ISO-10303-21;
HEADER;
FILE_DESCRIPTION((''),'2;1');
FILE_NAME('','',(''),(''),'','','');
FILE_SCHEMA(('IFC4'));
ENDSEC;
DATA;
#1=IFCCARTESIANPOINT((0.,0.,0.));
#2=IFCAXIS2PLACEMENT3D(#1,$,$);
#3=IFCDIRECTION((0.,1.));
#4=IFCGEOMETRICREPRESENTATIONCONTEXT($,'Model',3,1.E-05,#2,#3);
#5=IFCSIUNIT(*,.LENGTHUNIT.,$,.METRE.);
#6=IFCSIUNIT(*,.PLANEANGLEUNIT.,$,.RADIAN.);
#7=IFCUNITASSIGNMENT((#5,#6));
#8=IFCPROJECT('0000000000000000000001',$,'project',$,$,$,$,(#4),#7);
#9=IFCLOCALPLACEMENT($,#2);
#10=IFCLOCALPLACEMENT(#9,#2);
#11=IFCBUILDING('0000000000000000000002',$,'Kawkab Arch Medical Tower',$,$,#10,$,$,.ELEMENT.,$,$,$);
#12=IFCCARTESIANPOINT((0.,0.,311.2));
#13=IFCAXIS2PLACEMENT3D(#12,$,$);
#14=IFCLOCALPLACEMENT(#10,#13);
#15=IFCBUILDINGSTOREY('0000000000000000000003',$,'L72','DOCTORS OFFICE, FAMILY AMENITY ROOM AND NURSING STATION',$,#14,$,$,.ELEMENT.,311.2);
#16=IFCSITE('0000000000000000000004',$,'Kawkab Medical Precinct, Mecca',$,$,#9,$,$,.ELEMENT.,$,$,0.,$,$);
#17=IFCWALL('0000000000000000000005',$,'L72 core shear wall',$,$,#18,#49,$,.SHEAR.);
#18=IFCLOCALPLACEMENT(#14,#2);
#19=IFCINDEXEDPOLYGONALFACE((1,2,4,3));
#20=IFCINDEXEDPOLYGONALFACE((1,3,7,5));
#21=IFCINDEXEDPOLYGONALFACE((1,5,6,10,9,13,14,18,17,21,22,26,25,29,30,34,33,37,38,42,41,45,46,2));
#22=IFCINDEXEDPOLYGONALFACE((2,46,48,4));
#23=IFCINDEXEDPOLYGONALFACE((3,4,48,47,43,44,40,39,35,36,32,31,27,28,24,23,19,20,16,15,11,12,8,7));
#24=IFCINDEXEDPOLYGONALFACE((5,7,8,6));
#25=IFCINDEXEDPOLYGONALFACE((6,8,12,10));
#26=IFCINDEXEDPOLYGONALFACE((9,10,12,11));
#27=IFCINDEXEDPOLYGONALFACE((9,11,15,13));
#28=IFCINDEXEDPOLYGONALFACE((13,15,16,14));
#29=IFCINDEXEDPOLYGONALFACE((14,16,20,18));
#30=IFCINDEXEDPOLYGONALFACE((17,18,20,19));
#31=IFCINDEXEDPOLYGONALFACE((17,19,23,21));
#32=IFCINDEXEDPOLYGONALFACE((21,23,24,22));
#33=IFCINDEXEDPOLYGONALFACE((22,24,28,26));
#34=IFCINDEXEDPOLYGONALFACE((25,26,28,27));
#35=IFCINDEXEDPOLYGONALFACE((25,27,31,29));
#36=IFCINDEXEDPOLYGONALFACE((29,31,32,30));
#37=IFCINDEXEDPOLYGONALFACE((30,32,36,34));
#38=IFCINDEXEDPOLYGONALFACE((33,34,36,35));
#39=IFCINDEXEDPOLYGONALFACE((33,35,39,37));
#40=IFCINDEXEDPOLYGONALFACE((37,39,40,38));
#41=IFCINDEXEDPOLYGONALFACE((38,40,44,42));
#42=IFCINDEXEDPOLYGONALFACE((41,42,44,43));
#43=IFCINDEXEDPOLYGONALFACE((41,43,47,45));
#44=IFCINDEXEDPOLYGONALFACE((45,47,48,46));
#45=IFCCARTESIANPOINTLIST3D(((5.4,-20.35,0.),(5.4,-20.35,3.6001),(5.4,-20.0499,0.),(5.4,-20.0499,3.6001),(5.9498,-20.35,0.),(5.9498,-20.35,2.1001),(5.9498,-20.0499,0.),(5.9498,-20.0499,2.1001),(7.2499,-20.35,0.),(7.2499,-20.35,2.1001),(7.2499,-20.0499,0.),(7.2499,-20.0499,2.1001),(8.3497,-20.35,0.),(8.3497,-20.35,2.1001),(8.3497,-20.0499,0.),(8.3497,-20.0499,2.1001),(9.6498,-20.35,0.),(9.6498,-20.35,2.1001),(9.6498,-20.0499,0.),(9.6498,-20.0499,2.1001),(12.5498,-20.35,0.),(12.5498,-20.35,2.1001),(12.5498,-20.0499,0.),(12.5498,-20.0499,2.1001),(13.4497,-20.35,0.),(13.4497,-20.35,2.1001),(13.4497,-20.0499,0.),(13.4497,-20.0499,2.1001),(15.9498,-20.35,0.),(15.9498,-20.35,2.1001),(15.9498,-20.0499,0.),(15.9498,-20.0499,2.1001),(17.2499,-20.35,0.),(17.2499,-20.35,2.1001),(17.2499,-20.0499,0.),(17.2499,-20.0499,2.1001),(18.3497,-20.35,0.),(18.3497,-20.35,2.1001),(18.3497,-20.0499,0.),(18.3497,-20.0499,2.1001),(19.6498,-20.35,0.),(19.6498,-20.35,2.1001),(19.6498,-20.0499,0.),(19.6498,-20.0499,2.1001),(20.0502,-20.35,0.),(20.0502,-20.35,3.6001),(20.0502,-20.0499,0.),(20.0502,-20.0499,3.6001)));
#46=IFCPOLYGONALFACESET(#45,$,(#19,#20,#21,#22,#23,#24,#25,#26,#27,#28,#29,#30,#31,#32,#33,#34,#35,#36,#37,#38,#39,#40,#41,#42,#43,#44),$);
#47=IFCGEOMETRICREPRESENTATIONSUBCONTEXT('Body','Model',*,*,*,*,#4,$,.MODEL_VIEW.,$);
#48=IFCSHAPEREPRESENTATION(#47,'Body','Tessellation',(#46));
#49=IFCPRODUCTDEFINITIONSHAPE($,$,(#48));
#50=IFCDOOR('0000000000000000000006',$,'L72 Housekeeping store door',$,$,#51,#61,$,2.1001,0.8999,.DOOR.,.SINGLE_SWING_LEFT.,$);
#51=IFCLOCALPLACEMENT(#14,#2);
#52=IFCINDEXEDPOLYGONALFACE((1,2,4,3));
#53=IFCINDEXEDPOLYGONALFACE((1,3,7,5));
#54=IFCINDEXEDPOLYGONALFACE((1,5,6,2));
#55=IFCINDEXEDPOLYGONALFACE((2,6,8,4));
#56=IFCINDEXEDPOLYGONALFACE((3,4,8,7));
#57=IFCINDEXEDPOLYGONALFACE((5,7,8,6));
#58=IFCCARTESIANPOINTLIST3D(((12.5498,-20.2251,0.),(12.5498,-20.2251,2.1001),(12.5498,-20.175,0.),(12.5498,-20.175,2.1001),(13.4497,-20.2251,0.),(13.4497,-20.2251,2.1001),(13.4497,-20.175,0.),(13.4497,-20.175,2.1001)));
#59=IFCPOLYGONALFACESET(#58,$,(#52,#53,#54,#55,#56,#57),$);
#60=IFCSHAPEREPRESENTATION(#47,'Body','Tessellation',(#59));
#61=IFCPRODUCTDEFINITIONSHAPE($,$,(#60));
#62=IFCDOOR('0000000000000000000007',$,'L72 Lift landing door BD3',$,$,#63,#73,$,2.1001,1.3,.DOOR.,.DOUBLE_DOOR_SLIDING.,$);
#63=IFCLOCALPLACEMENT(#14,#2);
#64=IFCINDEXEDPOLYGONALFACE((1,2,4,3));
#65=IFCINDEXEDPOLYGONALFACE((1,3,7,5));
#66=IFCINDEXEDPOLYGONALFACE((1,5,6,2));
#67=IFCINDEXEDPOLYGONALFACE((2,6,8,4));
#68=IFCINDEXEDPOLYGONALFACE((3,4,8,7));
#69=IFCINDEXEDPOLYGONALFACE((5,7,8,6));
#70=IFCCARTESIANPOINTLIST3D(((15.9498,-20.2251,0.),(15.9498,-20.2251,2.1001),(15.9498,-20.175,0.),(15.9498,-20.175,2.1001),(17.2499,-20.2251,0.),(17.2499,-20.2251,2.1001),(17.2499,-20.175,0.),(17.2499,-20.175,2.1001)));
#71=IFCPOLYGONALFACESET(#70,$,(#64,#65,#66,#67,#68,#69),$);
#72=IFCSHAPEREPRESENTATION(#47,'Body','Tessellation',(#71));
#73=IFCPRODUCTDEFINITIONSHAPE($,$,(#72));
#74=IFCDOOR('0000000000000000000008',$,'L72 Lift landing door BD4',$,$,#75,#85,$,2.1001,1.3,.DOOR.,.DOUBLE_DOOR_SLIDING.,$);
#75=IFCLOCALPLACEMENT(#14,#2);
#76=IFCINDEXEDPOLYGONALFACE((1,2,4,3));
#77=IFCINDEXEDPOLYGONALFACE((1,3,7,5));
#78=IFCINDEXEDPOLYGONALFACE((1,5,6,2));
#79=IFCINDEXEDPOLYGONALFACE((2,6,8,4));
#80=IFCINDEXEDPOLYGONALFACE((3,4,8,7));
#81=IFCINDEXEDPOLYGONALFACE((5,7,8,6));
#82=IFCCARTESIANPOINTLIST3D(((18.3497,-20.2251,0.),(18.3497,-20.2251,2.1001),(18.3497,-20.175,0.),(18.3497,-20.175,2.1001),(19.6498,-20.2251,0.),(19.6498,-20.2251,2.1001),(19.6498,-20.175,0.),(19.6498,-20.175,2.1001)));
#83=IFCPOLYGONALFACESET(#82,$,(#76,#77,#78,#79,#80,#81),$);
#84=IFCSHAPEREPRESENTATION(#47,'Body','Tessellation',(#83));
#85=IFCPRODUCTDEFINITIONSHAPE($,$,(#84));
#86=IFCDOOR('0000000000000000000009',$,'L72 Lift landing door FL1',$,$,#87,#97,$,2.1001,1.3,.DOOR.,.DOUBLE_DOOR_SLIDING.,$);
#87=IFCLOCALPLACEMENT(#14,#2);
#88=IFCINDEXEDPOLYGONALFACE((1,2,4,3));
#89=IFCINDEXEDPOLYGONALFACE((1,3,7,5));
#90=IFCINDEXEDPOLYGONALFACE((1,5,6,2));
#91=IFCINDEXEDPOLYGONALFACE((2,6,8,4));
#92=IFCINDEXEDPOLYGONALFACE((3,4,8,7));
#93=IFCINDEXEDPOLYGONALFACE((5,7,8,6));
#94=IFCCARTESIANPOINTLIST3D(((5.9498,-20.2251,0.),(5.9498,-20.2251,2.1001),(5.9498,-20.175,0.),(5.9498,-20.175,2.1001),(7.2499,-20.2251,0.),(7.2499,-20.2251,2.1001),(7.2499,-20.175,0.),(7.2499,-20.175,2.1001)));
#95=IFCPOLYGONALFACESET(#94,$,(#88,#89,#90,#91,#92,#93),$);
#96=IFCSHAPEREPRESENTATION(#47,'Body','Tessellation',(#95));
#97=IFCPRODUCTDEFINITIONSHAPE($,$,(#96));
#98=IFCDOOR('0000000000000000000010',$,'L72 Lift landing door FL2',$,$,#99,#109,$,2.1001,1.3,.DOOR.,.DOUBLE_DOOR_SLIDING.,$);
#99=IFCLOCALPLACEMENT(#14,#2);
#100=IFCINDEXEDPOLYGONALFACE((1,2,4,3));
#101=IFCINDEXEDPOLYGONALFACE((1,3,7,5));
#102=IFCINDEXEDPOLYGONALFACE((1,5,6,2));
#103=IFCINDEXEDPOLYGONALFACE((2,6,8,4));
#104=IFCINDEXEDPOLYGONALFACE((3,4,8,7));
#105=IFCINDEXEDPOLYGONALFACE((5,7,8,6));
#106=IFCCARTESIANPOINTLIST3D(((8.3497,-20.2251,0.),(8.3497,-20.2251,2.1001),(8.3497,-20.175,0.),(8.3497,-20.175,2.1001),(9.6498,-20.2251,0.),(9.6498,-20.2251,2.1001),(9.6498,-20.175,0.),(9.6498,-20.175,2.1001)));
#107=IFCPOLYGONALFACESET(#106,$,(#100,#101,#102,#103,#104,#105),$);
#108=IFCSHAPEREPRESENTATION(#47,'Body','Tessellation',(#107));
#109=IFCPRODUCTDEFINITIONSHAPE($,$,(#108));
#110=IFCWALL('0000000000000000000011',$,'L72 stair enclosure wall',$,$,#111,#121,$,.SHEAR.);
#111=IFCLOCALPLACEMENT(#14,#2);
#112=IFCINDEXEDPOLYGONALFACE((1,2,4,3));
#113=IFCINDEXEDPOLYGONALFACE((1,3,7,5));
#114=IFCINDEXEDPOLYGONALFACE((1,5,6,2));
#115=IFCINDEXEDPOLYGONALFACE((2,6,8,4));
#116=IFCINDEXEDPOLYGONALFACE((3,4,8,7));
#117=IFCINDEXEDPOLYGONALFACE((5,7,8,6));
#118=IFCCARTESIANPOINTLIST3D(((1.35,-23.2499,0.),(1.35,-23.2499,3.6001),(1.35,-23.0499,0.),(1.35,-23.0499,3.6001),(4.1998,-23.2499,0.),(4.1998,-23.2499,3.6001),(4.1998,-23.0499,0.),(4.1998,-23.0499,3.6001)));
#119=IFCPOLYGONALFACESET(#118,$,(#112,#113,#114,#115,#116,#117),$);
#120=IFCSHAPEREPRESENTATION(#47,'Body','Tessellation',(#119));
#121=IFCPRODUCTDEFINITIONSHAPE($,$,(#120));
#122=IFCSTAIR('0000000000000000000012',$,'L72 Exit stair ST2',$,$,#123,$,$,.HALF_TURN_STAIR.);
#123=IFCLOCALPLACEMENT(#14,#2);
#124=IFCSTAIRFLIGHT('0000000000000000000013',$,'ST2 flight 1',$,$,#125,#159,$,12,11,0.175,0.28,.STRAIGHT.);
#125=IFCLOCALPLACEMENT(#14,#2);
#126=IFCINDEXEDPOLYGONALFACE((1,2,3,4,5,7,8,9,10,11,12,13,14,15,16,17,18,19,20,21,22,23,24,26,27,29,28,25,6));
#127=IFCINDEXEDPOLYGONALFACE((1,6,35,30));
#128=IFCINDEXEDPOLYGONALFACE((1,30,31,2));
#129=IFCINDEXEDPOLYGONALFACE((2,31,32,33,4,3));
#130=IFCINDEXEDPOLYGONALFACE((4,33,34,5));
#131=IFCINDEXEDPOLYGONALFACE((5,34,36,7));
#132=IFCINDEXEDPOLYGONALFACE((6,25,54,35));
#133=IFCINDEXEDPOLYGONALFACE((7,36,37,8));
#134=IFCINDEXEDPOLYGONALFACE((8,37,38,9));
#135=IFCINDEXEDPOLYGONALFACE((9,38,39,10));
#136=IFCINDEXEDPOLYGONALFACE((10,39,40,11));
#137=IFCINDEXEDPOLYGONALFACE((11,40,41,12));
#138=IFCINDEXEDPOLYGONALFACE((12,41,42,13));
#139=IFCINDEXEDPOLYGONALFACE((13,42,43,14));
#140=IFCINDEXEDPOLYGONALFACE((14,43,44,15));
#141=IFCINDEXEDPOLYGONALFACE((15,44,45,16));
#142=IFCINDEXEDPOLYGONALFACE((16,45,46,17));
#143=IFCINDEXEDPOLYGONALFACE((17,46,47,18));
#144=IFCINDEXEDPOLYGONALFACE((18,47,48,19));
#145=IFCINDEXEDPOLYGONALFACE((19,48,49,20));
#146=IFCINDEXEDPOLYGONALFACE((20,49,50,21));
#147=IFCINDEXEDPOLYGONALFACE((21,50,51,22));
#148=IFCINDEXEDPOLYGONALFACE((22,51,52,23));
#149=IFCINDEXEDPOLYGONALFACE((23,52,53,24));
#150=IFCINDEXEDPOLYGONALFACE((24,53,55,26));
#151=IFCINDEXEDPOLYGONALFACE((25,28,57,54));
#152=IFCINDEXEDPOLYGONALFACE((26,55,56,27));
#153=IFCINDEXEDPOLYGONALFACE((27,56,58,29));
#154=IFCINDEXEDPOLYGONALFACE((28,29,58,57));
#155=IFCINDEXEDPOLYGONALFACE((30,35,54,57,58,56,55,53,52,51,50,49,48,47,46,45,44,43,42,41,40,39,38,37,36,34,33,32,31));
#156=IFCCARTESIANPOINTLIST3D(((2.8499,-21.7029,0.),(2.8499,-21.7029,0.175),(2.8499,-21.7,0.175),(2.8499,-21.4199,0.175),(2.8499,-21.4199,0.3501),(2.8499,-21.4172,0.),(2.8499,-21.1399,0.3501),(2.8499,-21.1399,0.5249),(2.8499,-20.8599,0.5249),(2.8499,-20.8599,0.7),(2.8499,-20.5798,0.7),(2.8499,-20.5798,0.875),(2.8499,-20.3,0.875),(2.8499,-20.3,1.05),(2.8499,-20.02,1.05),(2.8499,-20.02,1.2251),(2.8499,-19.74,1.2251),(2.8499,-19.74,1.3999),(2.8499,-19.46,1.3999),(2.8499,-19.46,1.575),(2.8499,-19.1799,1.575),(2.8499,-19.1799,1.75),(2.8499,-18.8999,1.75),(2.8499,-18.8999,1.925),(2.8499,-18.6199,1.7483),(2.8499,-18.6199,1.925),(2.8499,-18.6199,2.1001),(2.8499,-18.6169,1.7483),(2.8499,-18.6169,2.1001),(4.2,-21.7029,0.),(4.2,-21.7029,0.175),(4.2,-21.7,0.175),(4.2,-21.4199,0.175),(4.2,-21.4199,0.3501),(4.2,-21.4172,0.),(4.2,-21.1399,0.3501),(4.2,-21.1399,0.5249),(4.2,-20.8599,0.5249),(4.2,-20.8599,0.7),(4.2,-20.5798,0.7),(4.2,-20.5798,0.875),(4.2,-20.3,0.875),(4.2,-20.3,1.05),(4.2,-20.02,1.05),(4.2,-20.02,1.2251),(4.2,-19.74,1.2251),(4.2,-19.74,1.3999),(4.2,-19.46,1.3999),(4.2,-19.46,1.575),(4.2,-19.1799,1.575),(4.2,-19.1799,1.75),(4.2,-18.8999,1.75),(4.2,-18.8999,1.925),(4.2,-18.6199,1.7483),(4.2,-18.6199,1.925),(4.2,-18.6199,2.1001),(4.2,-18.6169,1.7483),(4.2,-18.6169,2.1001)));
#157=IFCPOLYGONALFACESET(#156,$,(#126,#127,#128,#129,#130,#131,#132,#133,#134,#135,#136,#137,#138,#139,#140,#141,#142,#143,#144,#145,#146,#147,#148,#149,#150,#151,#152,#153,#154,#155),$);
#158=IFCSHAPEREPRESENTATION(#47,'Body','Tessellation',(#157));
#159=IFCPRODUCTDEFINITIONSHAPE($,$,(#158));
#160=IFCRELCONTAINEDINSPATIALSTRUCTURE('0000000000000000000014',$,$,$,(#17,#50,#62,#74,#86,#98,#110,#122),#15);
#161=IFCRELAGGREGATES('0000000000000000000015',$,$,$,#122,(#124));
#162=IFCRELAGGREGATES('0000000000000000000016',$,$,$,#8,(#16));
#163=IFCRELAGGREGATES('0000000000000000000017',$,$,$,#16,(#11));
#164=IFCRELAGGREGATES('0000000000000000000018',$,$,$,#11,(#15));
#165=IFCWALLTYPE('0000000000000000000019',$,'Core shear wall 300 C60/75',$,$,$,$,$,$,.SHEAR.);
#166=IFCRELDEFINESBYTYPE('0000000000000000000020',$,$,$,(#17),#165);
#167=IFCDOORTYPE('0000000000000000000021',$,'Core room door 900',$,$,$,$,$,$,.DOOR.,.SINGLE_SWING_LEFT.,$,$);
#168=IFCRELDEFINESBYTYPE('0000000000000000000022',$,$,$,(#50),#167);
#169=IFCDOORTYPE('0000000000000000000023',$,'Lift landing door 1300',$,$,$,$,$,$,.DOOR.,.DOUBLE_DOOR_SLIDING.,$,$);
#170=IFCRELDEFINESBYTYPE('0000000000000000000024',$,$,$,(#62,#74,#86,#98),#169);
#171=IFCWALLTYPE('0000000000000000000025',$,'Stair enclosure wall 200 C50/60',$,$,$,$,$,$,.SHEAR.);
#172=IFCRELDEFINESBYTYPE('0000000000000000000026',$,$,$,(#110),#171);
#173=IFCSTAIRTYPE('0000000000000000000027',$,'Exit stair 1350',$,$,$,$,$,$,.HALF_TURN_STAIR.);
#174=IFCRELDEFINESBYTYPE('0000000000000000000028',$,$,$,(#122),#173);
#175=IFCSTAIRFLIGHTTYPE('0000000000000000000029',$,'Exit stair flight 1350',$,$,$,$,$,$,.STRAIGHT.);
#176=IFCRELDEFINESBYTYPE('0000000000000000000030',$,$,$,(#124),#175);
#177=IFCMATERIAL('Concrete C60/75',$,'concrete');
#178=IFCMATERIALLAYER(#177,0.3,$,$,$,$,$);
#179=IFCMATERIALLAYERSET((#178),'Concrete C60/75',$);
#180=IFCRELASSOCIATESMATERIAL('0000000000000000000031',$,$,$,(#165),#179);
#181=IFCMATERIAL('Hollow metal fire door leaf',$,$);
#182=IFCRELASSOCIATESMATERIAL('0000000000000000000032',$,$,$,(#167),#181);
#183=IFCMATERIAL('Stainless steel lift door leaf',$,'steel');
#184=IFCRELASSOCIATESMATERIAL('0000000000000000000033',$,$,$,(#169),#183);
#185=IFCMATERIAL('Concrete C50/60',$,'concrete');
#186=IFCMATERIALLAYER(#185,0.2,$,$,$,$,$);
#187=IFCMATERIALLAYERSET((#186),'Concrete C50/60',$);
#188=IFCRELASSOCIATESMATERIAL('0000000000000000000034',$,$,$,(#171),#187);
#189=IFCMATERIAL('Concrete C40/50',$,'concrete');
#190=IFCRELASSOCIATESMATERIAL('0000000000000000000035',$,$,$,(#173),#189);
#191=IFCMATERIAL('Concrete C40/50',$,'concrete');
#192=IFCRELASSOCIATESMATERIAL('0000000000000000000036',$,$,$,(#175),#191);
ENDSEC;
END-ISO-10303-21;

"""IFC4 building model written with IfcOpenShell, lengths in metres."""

from ifc_helpers import new_model, si_unit, direction, frame, frame_2d, origin, place, context, subcontext, project, spatial, polyline, rectangle, outline, extrude, material, layer, layer_set, type_object, element, fill, aggregate, save


model = new_model("IFC4")

# Units and contexts
model_context = context("Model", 3, precision=1e-05, world=origin(), true_north=direction((0.0, 1.0)))
body_context = subcontext(model_context, "Body", "Model", "MODEL_VIEW")
ifc_project = project(units=[si_unit("LENGTHUNIT", "METRE"), si_unit("PLANEANGLEUNIT", "RADIAN")], contexts=[model_context])

# Site, building, storey
site_placement = place(None, origin())
site = spatial("IfcSite", under=ifc_project, at=site_placement, Name="Kawkab Medical Precinct, Mecca", CompositionType="ELEMENT", RefElevation=0.0)
building_placement = place(site_placement, origin())
building = spatial("IfcBuilding", under=site, at=building_placement, Name="Kawkab Arch Medical Tower", CompositionType="ELEMENT")
storey_placement = place(building_placement, frame((0.0, 0.0, 311.2)))
storey = spatial("IfcBuildingStorey", under=building, at=storey_placement, Name="L72", Description="DOCTORS OFFICE, FAMILY AMENITY ROOM AND NURSING STATION", CompositionType="ELEMENT", Elevation=311.2)

# Wall, openings, doors
ifc_material_1 = material(Name="Concrete C60/75", Category="concrete")
ifc_layer_1 = layer(ifc_material_1, 0.3)
ifc_layer_set_1 = layer_set([ifc_layer_1], Name="Concrete C60/75")
wall_type_1 = type_object("IfcWallType", Name="Core shear wall 300 C60/75", PredefinedType="SHEAR", material=ifc_layer_set_1)
wall_1_placement = place(storey_placement, frame((5.3999, -20.2, 0.0), z_axis=(0.0, 0.0, 1.0), x_axis=(1.0, 0.0, 0.0)))
wall_1 = element("IfcWall", 1, at=wall_1_placement, inside=storey, type_object=wall_type_1, Name="L72 core shear wall", PredefinedType="SHEAR", context=body_context, shape_type="SweptSolid", body=[
    extrude(rectangle(XDim=14.6501, YDim=0.3, at=frame_2d((7.3252, 0.0))), origin(), (0.0, 0.0, 1.0), 3.6001),
])
opening_1_placement = place(wall_1_placement, frame((10.55, 0.0, 0.0)))
opening_1 = element("IfcOpeningElement", 2, at=opening_1_placement, cuts=wall_1, PredefinedType="OPENING", context=body_context, shape_type="SweptSolid", body=[
    extrude(rectangle(XDim=1.3, YDim=2.1001, at=frame_2d((0.6499, 1.05))), frame((0.0, 0.1599, 0.0), z_axis=(0.0, -1.0, 0.0), x_axis=(1.0, 0.0, 0.0)), (0.0, 0.0, 1.0), 0.3201),
])
opening_2_placement = place(wall_1_placement, frame((12.95, 0.0, 0.0)))
opening_2 = element("IfcOpeningElement", 3, at=opening_2_placement, cuts=wall_1, PredefinedType="OPENING", context=body_context, shape_type="SweptSolid", body=[
    extrude(rectangle(XDim=1.3, YDim=2.1001, at=frame_2d((0.6499, 1.05))), frame((0.0, 0.1599, 0.0), z_axis=(0.0, -1.0, 0.0), x_axis=(1.0, 0.0, 0.0)), (0.0, 0.0, 1.0), 0.3201),
])
opening_3_placement = place(wall_1_placement, frame((0.55, 0.0, 0.0)))
opening_3 = element("IfcOpeningElement", 4, at=opening_3_placement, cuts=wall_1, PredefinedType="OPENING", context=body_context, shape_type="SweptSolid", body=[
    extrude(rectangle(XDim=1.3, YDim=2.1001, at=frame_2d((0.6499, 1.05))), frame((0.0, 0.1599, 0.0), z_axis=(0.0, -1.0, 0.0), x_axis=(1.0, 0.0, 0.0)), (0.0, 0.0, 1.0), 0.3201),
])
opening_4_placement = place(wall_1_placement, frame((2.95, 0.0, 0.0)))
opening_4 = element("IfcOpeningElement", 5, at=opening_4_placement, cuts=wall_1, PredefinedType="OPENING", context=body_context, shape_type="SweptSolid", body=[
    extrude(rectangle(XDim=1.3, YDim=2.1001, at=frame_2d((0.6499, 1.05))), frame((0.0, 0.1599, 0.0), z_axis=(0.0, -1.0, 0.0), x_axis=(1.0, 0.0, 0.0)), (0.0, 0.0, 1.0), 0.3201),
])
opening_5_placement = place(wall_1_placement, frame((7.1499, 0.0, 0.0)))
opening_5 = element("IfcOpeningElement", 6, at=opening_5_placement, cuts=wall_1, PredefinedType="OPENING", context=body_context, shape_type="SweptSolid", body=[
    extrude(rectangle(XDim=0.8999, YDim=2.1001, at=frame_2d((0.45, 1.05))), frame((0.0, 0.1599, 0.0), z_axis=(0.0, -1.0, 0.0), x_axis=(1.0, 0.0, 0.0)), (0.0, 0.0, 1.0), 0.3201),
])
ifc_material_2 = material(Name="Hollow metal fire door leaf")
door_type_1 = type_object("IfcDoorType", Name="Core room door 900", OperationType="SINGLE_SWING_LEFT", PredefinedType="DOOR", material=ifc_material_2)
door_1_placement = place(opening_5_placement, origin())
door_1 = element("IfcDoor", 7, at=door_1_placement, inside=storey, type_object=door_type_1, Name="L72 Housekeeping store door", OperationType="SINGLE_SWING_LEFT", OverallHeight=2.1001, OverallWidth=0.8999, PredefinedType="DOOR", context=body_context, shape_type="SweptSolid", body=[
    extrude(rectangle(XDim=0.8999, YDim=2.1001, at=frame_2d((0.45, 1.05))), frame((0.0, 0.0249, 0.0), z_axis=(0.0, -1.0, 0.0), x_axis=(1.0, 0.0, 0.0)), (0.0, 0.0, 1.0), 0.05),
])
fill(opening_5, door_1)
ifc_material_3 = material(Name="Stainless steel lift door leaf", Category="steel")
door_type_2 = type_object("IfcDoorType", Name="Lift landing door 1300", OperationType="DOUBLE_DOOR_SLIDING", PredefinedType="DOOR", material=ifc_material_3)
door_2_placement = place(opening_1_placement, origin())
door_2 = element("IfcDoor", 8, at=door_2_placement, inside=storey, type_object=door_type_2, Name="L72 Lift landing door BD3", OperationType="DOUBLE_DOOR_SLIDING", OverallHeight=2.1001, OverallWidth=1.3, PredefinedType="DOOR", context=body_context, shape_type="SweptSolid", body=[
    extrude(rectangle(XDim=1.3, YDim=2.1001, at=frame_2d((0.6499, 1.05))), frame((0.0, 0.0249, 0.0), z_axis=(0.0, -1.0, 0.0), x_axis=(1.0, 0.0, 0.0)), (0.0, 0.0, 1.0), 0.05),
])
fill(opening_1, door_2)
door_3_placement = place(opening_2_placement, origin())
door_3 = element("IfcDoor", 9, at=door_3_placement, inside=storey, type_object=door_type_2, Name="L72 Lift landing door BD4", OperationType="DOUBLE_DOOR_SLIDING", OverallHeight=2.1001, OverallWidth=1.3, PredefinedType="DOOR", context=body_context, shape_type="SweptSolid", body=[
    extrude(rectangle(XDim=1.3, YDim=2.1001, at=frame_2d((0.6499, 1.05))), frame((0.0, 0.0249, 0.0), z_axis=(0.0, -1.0, 0.0), x_axis=(1.0, 0.0, 0.0)), (0.0, 0.0, 1.0), 0.05),
])
fill(opening_2, door_3)
door_4_placement = place(opening_3_placement, origin())
door_4 = element("IfcDoor", 10, at=door_4_placement, inside=storey, type_object=door_type_2, Name="L72 Lift landing door FL1", OperationType="DOUBLE_DOOR_SLIDING", OverallHeight=2.1001, OverallWidth=1.3, PredefinedType="DOOR", context=body_context, shape_type="SweptSolid", body=[
    extrude(rectangle(XDim=1.3, YDim=2.1001, at=frame_2d((0.6499, 1.05))), frame((0.0, 0.0249, 0.0), z_axis=(0.0, -1.0, 0.0), x_axis=(1.0, 0.0, 0.0)), (0.0, 0.0, 1.0), 0.05),
])
fill(opening_3, door_4)
door_5_placement = place(opening_4_placement, origin())
door_5 = element("IfcDoor", 11, at=door_5_placement, inside=storey, type_object=door_type_2, Name="L72 Lift landing door FL2", OperationType="DOUBLE_DOOR_SLIDING", OverallHeight=2.1001, OverallWidth=1.3, PredefinedType="DOOR", context=body_context, shape_type="SweptSolid", body=[
    extrude(rectangle(XDim=1.3, YDim=2.1001, at=frame_2d((0.6499, 1.05))), frame((0.0, 0.0249, 0.0), z_axis=(0.0, -1.0, 0.0), x_axis=(1.0, 0.0, 0.0)), (0.0, 0.0, 1.0), 0.05),
])
fill(opening_4, door_5)

# Wall
ifc_material_4 = material(Name="Concrete C50/60", Category="concrete")
ifc_layer_2 = layer(ifc_material_4, 0.2)
ifc_layer_set_2 = layer_set([ifc_layer_2], Name="Concrete C50/60")
wall_type_2 = type_object("IfcWallType", Name="Stair enclosure wall 200 C50/60", PredefinedType="SHEAR", material=ifc_layer_set_2)
wall_2_placement = place(storey_placement, frame((1.3501, -23.1499, 0.0), z_axis=(0.0, 0.0, 1.0), x_axis=(1.0, 0.0, 0.0)))
element("IfcWall", 12, at=wall_2_placement, inside=storey, type_object=wall_type_2, Name="L72 stair enclosure wall", PredefinedType="SHEAR", context=body_context, shape_type="SweptSolid", body=[
    extrude(rectangle(XDim=2.8499, YDim=0.2, at=frame_2d((1.4248, 0.0))), origin(), (0.0, 0.0, 1.0), 3.6001),
])

# Stair, stair flight
ifc_material_5 = material(Name="Concrete C40/50", Category="concrete")
stair_type = type_object("IfcStairType", Name="Exit stair 1350", PredefinedType="HALF_TURN_STAIR", material=ifc_material_5)
stair_placement = place(storey_placement, origin())
stair = element("IfcStair", 13, at=stair_placement, inside=storey, type_object=stair_type, Name="L72 Exit stair ST2", PredefinedType="HALF_TURN_STAIR")
ifc_material_6 = material(Name="Concrete C40/50", Category="concrete")
stair_flight_type = type_object("IfcStairFlightType", Name="Exit stair flight 1350", PredefinedType="STRAIGHT", material=ifc_material_6)
stair_flight_1_placement = place(storey_placement, frame((3.5249, -21.7, 0.0), z_axis=(0.0, 0.0, 1.0), x_axis=(0.0, 1.0, 0.0)))
stair_flight_1 = element("IfcStairFlight", 14, at=stair_flight_1_placement, type_object=stair_flight_type, Name="ST2 flight 1", NumberOfRisers=12, NumberOfTreads=11, PredefinedType="STRAIGHT", RiserHeight=0.175, TreadLength=0.28, context=body_context, shape_type="SweptSolid", body=[
    extrude(outline(polyline([(-0.0029, 0.0), (-0.0029, 0.175), (0.0, 0.175), (0.28, 0.175), (0.28, 0.3501), (0.5601, 0.3501), (0.5601, 0.5249), (0.8401, 0.5249), (0.8401, 0.7), (1.1201, 0.7), (1.1201, 0.875), (1.3999, 0.875), (1.3999, 1.05), (1.6799, 1.05), (1.6799, 1.2251), (1.96, 1.2251), (1.96, 1.3999), (2.24, 1.3999), (2.24, 1.575), (2.52, 1.575), (2.52, 1.75), (2.8, 1.75), (2.8, 1.925), (3.0801, 1.925), (3.0801, 2.1001), (3.083, 2.1001), (3.083, 1.7483), (3.0801, 1.7483), (0.2827, 0.0), (-0.0029, 0.0)])), frame((0.0, 0.675, 0.0), z_axis=(0.0, -1.0, 0.0), x_axis=(1.0, 0.0, 0.0)), (0.0, 0.0, 1.0), 1.3501),
])
aggregate(stair, [stair_flight_1])

save(model, "model.ifc")
